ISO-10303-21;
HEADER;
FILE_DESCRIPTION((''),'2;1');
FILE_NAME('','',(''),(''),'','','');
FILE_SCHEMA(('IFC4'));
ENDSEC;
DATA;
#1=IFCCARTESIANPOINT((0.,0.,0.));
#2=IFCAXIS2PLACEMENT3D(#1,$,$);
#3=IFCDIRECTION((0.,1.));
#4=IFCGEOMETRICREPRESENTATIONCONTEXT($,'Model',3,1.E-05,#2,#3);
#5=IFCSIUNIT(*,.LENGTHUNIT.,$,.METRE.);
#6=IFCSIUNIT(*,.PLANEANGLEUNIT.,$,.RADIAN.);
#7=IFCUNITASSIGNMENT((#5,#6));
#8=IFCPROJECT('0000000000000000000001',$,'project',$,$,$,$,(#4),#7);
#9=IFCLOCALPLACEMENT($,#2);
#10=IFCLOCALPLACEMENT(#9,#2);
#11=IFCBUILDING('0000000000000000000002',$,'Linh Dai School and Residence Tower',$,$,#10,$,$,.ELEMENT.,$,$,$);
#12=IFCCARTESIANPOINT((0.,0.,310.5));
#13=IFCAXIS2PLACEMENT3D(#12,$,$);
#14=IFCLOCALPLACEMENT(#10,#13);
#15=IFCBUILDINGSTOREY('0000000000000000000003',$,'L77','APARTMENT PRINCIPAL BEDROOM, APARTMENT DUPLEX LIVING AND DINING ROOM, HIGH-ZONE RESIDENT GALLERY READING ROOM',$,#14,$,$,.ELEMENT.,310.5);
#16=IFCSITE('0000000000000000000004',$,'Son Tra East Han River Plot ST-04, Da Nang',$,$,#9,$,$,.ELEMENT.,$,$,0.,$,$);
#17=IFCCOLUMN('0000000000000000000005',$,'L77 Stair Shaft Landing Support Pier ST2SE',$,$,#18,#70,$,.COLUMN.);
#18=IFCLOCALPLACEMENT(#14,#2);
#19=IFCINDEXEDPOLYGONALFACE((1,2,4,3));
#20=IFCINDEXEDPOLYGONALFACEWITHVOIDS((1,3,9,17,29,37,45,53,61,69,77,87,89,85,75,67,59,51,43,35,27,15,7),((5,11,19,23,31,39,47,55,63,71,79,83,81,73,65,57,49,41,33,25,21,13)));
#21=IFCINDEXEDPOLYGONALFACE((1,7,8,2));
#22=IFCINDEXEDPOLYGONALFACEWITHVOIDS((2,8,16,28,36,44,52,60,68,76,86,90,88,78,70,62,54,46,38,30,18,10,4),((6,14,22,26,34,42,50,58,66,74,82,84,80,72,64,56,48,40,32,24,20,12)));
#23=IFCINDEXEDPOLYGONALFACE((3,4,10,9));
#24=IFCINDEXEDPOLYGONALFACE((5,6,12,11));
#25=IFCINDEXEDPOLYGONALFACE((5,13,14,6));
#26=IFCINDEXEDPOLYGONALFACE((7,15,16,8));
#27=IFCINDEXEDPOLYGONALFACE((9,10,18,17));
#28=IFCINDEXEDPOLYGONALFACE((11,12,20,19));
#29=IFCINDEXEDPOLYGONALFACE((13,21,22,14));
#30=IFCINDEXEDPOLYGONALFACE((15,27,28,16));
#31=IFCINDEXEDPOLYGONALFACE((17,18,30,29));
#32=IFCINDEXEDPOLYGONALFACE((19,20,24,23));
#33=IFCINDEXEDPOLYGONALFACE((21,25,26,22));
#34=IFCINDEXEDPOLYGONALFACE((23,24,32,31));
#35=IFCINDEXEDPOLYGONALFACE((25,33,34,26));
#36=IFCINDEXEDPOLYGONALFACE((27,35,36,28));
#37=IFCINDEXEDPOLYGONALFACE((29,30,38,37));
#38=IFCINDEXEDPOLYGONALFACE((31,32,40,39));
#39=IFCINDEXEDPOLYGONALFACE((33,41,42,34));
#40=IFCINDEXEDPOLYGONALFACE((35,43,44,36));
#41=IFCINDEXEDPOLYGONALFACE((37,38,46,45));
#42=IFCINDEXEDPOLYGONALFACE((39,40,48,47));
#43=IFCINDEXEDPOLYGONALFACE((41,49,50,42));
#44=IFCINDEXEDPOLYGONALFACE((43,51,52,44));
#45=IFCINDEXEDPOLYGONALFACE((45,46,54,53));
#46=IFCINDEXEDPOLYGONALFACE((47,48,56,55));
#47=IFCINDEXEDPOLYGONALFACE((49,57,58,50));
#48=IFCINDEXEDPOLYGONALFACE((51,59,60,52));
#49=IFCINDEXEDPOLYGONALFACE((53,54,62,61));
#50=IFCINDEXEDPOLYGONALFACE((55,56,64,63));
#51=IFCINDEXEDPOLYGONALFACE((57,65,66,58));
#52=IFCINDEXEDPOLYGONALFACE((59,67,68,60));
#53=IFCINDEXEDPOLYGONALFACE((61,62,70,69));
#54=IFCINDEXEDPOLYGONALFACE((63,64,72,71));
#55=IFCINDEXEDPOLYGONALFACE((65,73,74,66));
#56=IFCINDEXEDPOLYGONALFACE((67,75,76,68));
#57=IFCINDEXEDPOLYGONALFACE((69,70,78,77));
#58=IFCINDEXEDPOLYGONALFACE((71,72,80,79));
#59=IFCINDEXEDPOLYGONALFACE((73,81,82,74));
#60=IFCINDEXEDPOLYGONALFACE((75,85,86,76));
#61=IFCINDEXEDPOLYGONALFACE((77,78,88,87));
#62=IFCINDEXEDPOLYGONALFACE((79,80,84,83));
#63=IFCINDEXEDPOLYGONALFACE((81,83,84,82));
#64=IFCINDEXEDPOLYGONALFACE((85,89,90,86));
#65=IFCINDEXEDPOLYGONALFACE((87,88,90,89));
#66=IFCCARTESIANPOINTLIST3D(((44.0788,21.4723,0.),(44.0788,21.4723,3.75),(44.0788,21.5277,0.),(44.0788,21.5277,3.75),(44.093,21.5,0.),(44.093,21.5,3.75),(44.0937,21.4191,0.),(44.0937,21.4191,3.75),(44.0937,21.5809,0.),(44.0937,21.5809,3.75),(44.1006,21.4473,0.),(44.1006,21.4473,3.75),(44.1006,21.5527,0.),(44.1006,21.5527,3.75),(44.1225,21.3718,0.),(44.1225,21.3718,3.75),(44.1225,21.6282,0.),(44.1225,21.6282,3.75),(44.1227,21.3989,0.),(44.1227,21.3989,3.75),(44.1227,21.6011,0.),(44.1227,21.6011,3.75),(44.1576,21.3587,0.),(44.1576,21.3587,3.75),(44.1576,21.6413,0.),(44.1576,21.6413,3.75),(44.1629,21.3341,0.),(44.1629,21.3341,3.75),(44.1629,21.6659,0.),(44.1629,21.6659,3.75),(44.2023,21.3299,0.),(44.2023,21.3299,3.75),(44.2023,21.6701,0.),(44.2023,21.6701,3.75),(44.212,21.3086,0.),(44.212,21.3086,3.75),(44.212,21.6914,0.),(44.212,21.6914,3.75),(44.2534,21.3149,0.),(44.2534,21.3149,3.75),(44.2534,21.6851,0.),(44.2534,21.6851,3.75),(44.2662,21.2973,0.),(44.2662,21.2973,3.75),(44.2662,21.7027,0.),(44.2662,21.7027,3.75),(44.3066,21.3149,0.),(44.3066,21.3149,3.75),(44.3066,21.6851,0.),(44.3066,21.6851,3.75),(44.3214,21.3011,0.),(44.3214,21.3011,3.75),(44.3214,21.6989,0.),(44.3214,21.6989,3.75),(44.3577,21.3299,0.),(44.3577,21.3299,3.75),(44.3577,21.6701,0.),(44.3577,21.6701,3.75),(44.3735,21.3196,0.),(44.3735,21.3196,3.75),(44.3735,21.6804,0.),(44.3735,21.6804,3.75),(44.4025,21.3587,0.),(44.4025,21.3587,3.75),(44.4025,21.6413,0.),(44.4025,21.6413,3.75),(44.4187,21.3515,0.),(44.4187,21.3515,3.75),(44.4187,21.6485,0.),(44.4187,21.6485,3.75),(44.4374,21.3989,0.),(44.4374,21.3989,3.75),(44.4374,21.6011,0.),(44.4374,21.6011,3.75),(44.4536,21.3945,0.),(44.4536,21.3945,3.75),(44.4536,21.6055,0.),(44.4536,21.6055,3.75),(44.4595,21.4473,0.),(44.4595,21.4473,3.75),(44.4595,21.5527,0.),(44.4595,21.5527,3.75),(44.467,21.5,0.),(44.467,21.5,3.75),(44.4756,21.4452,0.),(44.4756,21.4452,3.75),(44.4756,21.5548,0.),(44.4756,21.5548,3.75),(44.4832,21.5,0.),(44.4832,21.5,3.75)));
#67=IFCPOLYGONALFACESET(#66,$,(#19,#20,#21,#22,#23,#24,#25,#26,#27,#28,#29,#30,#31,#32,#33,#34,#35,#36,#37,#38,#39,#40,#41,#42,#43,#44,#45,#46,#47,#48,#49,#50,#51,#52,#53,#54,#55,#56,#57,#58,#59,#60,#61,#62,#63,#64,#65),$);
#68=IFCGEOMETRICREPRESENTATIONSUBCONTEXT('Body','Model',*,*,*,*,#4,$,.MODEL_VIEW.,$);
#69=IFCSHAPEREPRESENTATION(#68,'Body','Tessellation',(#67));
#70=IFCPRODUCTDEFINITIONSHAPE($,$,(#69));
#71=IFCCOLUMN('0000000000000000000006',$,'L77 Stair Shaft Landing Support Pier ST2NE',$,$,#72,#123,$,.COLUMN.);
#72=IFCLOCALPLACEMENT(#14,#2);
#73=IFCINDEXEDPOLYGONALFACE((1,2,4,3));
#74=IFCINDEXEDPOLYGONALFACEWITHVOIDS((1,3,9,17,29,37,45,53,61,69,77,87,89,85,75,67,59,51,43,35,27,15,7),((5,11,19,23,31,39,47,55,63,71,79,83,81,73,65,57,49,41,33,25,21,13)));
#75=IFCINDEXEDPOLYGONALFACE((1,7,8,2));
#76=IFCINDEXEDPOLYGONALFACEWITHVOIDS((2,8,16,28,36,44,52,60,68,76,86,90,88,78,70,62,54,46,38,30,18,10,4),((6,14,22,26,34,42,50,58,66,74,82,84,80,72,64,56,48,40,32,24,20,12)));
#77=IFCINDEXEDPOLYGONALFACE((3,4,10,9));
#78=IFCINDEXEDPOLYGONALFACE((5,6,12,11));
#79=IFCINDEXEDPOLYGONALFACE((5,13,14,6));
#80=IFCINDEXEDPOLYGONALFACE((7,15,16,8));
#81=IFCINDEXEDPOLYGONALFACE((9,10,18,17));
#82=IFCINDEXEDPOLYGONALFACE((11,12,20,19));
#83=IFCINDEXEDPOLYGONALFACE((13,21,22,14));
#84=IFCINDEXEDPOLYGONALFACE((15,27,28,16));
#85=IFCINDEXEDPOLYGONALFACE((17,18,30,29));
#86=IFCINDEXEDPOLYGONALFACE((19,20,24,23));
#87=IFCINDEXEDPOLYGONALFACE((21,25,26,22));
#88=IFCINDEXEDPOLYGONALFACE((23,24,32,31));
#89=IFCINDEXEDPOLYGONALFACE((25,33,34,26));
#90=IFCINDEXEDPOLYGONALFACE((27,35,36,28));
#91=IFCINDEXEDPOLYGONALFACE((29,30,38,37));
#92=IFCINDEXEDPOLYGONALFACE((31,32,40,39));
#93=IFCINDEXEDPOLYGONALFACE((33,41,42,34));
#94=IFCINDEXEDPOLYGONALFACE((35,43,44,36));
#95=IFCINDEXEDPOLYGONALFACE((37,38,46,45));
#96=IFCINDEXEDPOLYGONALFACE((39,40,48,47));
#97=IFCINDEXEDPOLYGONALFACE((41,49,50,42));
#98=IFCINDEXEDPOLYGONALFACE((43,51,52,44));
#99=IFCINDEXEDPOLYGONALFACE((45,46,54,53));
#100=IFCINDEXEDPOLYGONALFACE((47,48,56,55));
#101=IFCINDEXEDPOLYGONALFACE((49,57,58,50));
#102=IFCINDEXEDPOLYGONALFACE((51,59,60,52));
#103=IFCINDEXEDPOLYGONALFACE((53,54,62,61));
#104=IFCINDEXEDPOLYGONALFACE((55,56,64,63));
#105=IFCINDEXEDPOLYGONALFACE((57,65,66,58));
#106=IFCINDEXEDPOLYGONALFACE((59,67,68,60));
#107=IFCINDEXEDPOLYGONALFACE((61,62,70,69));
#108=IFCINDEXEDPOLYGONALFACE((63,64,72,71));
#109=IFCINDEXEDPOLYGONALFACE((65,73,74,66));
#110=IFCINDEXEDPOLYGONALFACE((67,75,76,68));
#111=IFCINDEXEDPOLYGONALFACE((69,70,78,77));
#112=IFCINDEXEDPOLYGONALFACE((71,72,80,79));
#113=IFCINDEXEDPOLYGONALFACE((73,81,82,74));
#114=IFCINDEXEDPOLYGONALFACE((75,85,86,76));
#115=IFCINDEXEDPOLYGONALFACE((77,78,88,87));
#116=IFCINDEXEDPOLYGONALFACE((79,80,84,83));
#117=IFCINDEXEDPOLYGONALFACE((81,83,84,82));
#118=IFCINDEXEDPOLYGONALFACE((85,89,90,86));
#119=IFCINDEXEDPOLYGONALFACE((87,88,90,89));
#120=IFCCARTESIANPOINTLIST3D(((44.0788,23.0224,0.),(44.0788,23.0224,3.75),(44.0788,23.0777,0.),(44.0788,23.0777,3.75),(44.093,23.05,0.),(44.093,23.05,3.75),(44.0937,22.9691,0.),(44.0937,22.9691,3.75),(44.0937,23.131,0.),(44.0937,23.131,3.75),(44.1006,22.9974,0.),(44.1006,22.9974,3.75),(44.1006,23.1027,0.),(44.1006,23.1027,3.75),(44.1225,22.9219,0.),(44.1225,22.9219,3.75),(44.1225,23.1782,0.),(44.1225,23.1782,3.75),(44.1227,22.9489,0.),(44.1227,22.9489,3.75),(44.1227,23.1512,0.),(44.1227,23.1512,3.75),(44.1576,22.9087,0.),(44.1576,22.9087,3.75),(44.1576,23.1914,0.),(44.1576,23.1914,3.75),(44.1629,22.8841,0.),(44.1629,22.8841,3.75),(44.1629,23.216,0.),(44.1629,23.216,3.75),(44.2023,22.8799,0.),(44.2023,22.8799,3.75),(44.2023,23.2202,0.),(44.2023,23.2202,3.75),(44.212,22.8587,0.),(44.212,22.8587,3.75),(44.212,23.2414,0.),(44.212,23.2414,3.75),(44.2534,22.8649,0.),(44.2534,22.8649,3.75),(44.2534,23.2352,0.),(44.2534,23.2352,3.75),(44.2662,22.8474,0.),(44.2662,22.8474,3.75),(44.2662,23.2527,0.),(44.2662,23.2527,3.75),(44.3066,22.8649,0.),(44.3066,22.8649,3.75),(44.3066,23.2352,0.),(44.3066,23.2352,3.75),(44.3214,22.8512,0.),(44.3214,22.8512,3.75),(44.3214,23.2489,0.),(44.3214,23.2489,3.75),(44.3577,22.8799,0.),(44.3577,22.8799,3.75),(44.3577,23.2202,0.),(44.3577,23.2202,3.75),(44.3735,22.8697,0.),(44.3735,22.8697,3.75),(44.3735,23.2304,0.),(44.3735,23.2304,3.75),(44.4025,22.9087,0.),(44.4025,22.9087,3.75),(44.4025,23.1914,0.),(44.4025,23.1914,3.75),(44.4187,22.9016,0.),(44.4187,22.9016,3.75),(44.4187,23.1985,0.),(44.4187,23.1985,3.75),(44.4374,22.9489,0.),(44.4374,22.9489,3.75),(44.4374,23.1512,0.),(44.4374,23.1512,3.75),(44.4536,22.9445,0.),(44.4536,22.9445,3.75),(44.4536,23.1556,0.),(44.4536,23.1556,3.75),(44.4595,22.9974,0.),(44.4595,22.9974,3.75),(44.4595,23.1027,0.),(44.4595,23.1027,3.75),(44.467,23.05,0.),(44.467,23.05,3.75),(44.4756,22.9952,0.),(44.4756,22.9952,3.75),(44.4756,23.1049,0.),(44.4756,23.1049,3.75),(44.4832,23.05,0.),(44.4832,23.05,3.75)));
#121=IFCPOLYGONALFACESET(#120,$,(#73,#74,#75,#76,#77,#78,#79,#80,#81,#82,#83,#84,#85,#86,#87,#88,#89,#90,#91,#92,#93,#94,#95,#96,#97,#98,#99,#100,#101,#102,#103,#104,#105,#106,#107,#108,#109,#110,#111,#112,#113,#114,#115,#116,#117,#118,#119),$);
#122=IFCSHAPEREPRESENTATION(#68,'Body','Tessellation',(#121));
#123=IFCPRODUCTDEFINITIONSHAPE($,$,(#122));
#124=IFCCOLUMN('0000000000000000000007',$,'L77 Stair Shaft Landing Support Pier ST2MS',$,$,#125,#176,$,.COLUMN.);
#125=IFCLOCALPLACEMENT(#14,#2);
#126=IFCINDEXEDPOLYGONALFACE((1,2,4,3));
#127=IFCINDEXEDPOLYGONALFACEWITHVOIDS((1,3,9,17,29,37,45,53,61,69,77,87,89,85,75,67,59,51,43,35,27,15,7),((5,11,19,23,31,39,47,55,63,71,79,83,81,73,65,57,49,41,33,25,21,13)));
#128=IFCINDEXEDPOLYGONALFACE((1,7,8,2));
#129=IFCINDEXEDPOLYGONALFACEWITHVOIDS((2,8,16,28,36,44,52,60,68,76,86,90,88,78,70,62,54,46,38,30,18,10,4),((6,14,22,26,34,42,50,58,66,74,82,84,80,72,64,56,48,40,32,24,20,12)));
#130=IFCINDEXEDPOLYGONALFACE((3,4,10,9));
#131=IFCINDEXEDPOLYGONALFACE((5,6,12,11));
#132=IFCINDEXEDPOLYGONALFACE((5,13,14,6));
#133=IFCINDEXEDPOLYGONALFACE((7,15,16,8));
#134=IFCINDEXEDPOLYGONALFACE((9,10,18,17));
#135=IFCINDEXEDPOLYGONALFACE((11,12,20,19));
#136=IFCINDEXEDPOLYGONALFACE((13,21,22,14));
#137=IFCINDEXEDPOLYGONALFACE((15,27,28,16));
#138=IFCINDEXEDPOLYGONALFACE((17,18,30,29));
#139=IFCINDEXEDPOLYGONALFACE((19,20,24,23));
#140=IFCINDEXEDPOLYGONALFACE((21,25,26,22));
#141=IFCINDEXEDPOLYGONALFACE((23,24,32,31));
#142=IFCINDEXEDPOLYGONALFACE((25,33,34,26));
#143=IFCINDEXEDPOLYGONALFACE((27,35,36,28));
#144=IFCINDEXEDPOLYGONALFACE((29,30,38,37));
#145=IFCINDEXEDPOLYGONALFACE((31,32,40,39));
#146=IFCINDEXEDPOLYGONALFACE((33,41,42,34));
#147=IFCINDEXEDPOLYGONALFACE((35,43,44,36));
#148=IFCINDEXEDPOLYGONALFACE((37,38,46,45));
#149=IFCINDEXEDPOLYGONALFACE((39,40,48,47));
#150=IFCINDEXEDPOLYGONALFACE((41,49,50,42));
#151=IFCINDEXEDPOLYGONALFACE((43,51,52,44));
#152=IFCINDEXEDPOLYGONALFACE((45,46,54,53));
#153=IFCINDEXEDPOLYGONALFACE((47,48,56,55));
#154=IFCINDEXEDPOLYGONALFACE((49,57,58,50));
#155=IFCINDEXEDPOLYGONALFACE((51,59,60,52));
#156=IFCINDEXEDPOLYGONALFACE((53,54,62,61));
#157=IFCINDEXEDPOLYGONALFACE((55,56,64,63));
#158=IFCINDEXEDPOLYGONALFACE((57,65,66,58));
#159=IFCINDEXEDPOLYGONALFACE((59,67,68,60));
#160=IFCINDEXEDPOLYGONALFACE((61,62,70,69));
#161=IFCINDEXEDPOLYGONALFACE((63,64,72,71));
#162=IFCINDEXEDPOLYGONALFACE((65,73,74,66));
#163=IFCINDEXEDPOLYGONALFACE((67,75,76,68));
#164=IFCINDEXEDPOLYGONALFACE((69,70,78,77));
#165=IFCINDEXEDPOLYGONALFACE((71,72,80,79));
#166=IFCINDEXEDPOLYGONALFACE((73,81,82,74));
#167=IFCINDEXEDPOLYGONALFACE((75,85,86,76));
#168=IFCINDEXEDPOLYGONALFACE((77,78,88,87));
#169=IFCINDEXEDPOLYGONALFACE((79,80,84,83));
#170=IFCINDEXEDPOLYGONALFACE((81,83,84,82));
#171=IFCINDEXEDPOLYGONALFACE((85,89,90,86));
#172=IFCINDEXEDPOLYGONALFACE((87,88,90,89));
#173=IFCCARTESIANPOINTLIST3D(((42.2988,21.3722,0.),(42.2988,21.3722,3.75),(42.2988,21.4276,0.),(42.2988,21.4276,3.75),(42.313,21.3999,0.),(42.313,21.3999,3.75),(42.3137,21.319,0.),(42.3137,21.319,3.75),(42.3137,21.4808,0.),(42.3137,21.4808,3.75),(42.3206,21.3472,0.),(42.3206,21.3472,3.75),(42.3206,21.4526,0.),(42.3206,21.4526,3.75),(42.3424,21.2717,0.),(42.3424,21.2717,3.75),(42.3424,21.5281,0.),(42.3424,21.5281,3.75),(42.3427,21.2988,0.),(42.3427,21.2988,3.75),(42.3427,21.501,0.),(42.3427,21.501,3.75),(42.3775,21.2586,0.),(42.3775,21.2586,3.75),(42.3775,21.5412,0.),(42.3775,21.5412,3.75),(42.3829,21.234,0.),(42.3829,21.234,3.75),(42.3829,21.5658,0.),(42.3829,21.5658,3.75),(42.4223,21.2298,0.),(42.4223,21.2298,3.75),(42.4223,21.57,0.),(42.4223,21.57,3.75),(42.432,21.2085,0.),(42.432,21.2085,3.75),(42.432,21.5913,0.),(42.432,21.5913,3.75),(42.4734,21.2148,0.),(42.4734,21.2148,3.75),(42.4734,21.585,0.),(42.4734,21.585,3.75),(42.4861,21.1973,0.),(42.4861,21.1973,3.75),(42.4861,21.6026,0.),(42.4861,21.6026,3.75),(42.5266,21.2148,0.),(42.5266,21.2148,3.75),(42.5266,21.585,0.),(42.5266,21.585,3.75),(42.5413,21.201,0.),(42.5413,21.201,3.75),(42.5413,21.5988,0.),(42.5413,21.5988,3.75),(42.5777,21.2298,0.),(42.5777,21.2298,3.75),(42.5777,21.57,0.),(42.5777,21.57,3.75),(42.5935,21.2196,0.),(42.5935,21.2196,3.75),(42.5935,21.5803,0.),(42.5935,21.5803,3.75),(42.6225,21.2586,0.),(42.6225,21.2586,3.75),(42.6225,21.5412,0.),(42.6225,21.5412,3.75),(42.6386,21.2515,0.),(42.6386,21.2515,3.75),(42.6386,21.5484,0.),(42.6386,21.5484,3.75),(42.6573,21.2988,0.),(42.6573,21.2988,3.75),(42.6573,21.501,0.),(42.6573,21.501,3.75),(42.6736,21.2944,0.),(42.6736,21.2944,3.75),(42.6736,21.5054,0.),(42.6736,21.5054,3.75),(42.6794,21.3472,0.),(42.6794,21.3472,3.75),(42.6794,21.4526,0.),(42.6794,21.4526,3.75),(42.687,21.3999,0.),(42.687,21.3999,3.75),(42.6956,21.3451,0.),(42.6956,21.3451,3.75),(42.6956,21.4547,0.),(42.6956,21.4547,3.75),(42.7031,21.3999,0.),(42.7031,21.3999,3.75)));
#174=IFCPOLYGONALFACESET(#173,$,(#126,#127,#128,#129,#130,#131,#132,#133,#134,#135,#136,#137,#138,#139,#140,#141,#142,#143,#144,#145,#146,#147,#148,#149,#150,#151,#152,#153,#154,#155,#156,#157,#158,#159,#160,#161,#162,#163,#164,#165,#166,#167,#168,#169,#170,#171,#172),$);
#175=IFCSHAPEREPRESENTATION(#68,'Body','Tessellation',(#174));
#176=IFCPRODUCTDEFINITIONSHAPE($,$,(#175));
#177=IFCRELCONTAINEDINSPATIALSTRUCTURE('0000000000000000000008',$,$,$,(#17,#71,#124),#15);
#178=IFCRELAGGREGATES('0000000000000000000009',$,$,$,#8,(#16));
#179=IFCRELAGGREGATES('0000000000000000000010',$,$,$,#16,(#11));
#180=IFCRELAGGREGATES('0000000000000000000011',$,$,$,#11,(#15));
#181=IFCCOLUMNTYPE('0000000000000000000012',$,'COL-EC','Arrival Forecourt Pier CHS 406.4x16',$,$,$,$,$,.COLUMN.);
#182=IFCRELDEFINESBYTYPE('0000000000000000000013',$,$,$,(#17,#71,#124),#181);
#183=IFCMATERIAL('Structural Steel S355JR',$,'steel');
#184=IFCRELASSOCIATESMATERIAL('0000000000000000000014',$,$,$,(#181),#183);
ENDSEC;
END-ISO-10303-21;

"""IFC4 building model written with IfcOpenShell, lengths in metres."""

from ifc_helpers import new_model, si_unit, direction, frame, origin, origin_2d, place, context, subcontext, project, spatial, hollow_circle, extrude, material, material_profile, profile_set, type_object, element, save


model = new_model("IFC4")

# Units and contexts
model_context = context("Model", 3, precision=1e-05, world=origin(), true_north=direction((0.0, 1.0)))
body_context = subcontext(model_context, "Body", "Model", "MODEL_VIEW")
ifc_project = project(units=[si_unit("LENGTHUNIT", "METRE"), si_unit("PLANEANGLEUNIT", "RADIAN")], contexts=[model_context])

# Site, building, storey
site_placement = place(None, origin())
site = spatial("IfcSite", under=ifc_project, at=site_placement, Name="Son Tra East Han River Plot ST-04, Da Nang", CompositionType="ELEMENT", RefElevation=0.0)
building_placement = place(site_placement, origin())
building = spatial("IfcBuilding", under=site, at=building_placement, Name="Linh Dai School and Residence Tower", CompositionType="ELEMENT")
storey_placement = place(building_placement, frame((0.0, 0.0, 310.5)))
storey = spatial("IfcBuildingStorey", under=building, at=storey_placement, Name="L77", Description="APARTMENT PRINCIPAL BEDROOM, APARTMENT DUPLEX LIVING AND DINING ROOM, HIGH-ZONE RESIDENT GALLERY READING ROOM", CompositionType="ELEMENT", Elevation=310.5)

# Columns
ifc_material_1 = material(Name="Structural Steel S355JR", Category="steel")
ifc_material_profile_1 = material_profile(ifc_material_1, hollow_circle(Radius=0.2031, WallThickness=0.0161, at=origin_2d()), Name="CHS 406.4x16")
ifc_profile_set_1 = profile_set([ifc_material_profile_1], Name="Structural Steel S355JR")
column_type_1 = type_object("IfcColumnType", Name="COL-EC", Description="Arrival Forecourt Pier CHS 406.4x16", PredefinedType="COLUMN", material=ifc_profile_set_1)
for number, where, z_axis, x_axis, name in (
    (1, (44.28, 21.5, 0.0), (0.0, 0.0, 1.0), (1.0, 0.0, 0.0), "L77 Stair Shaft Landing Support Pier ST2SE"),
    (2, (44.28, 23.05, 0.0), (0.0, 0.0, 1.0), (1.0, 0.0, 0.0), "L77 Stair Shaft Landing Support Pier ST2NE"),
    (3, (42.5, 21.3999, 0.0), (0.0, 0.0, 1.0), (1.0, 0.0, 0.0), "L77 Stair Shaft Landing Support Pier ST2MS"),
):
    element("IfcColumn", number, at=place(storey_placement, frame(where, z_axis=z_axis, x_axis=x_axis)), inside=storey, type_object=column_type_1, Name=name, PredefinedType="COLUMN", context=body_context, shape_type="SweptSolid", body=[
        extrude(hollow_circle(Radius=0.2031, WallThickness=0.0161, at=origin_2d()), origin(), (0.0, 0.0, 1.0), 3.75),
    ])

save(model, "model.ifc")
